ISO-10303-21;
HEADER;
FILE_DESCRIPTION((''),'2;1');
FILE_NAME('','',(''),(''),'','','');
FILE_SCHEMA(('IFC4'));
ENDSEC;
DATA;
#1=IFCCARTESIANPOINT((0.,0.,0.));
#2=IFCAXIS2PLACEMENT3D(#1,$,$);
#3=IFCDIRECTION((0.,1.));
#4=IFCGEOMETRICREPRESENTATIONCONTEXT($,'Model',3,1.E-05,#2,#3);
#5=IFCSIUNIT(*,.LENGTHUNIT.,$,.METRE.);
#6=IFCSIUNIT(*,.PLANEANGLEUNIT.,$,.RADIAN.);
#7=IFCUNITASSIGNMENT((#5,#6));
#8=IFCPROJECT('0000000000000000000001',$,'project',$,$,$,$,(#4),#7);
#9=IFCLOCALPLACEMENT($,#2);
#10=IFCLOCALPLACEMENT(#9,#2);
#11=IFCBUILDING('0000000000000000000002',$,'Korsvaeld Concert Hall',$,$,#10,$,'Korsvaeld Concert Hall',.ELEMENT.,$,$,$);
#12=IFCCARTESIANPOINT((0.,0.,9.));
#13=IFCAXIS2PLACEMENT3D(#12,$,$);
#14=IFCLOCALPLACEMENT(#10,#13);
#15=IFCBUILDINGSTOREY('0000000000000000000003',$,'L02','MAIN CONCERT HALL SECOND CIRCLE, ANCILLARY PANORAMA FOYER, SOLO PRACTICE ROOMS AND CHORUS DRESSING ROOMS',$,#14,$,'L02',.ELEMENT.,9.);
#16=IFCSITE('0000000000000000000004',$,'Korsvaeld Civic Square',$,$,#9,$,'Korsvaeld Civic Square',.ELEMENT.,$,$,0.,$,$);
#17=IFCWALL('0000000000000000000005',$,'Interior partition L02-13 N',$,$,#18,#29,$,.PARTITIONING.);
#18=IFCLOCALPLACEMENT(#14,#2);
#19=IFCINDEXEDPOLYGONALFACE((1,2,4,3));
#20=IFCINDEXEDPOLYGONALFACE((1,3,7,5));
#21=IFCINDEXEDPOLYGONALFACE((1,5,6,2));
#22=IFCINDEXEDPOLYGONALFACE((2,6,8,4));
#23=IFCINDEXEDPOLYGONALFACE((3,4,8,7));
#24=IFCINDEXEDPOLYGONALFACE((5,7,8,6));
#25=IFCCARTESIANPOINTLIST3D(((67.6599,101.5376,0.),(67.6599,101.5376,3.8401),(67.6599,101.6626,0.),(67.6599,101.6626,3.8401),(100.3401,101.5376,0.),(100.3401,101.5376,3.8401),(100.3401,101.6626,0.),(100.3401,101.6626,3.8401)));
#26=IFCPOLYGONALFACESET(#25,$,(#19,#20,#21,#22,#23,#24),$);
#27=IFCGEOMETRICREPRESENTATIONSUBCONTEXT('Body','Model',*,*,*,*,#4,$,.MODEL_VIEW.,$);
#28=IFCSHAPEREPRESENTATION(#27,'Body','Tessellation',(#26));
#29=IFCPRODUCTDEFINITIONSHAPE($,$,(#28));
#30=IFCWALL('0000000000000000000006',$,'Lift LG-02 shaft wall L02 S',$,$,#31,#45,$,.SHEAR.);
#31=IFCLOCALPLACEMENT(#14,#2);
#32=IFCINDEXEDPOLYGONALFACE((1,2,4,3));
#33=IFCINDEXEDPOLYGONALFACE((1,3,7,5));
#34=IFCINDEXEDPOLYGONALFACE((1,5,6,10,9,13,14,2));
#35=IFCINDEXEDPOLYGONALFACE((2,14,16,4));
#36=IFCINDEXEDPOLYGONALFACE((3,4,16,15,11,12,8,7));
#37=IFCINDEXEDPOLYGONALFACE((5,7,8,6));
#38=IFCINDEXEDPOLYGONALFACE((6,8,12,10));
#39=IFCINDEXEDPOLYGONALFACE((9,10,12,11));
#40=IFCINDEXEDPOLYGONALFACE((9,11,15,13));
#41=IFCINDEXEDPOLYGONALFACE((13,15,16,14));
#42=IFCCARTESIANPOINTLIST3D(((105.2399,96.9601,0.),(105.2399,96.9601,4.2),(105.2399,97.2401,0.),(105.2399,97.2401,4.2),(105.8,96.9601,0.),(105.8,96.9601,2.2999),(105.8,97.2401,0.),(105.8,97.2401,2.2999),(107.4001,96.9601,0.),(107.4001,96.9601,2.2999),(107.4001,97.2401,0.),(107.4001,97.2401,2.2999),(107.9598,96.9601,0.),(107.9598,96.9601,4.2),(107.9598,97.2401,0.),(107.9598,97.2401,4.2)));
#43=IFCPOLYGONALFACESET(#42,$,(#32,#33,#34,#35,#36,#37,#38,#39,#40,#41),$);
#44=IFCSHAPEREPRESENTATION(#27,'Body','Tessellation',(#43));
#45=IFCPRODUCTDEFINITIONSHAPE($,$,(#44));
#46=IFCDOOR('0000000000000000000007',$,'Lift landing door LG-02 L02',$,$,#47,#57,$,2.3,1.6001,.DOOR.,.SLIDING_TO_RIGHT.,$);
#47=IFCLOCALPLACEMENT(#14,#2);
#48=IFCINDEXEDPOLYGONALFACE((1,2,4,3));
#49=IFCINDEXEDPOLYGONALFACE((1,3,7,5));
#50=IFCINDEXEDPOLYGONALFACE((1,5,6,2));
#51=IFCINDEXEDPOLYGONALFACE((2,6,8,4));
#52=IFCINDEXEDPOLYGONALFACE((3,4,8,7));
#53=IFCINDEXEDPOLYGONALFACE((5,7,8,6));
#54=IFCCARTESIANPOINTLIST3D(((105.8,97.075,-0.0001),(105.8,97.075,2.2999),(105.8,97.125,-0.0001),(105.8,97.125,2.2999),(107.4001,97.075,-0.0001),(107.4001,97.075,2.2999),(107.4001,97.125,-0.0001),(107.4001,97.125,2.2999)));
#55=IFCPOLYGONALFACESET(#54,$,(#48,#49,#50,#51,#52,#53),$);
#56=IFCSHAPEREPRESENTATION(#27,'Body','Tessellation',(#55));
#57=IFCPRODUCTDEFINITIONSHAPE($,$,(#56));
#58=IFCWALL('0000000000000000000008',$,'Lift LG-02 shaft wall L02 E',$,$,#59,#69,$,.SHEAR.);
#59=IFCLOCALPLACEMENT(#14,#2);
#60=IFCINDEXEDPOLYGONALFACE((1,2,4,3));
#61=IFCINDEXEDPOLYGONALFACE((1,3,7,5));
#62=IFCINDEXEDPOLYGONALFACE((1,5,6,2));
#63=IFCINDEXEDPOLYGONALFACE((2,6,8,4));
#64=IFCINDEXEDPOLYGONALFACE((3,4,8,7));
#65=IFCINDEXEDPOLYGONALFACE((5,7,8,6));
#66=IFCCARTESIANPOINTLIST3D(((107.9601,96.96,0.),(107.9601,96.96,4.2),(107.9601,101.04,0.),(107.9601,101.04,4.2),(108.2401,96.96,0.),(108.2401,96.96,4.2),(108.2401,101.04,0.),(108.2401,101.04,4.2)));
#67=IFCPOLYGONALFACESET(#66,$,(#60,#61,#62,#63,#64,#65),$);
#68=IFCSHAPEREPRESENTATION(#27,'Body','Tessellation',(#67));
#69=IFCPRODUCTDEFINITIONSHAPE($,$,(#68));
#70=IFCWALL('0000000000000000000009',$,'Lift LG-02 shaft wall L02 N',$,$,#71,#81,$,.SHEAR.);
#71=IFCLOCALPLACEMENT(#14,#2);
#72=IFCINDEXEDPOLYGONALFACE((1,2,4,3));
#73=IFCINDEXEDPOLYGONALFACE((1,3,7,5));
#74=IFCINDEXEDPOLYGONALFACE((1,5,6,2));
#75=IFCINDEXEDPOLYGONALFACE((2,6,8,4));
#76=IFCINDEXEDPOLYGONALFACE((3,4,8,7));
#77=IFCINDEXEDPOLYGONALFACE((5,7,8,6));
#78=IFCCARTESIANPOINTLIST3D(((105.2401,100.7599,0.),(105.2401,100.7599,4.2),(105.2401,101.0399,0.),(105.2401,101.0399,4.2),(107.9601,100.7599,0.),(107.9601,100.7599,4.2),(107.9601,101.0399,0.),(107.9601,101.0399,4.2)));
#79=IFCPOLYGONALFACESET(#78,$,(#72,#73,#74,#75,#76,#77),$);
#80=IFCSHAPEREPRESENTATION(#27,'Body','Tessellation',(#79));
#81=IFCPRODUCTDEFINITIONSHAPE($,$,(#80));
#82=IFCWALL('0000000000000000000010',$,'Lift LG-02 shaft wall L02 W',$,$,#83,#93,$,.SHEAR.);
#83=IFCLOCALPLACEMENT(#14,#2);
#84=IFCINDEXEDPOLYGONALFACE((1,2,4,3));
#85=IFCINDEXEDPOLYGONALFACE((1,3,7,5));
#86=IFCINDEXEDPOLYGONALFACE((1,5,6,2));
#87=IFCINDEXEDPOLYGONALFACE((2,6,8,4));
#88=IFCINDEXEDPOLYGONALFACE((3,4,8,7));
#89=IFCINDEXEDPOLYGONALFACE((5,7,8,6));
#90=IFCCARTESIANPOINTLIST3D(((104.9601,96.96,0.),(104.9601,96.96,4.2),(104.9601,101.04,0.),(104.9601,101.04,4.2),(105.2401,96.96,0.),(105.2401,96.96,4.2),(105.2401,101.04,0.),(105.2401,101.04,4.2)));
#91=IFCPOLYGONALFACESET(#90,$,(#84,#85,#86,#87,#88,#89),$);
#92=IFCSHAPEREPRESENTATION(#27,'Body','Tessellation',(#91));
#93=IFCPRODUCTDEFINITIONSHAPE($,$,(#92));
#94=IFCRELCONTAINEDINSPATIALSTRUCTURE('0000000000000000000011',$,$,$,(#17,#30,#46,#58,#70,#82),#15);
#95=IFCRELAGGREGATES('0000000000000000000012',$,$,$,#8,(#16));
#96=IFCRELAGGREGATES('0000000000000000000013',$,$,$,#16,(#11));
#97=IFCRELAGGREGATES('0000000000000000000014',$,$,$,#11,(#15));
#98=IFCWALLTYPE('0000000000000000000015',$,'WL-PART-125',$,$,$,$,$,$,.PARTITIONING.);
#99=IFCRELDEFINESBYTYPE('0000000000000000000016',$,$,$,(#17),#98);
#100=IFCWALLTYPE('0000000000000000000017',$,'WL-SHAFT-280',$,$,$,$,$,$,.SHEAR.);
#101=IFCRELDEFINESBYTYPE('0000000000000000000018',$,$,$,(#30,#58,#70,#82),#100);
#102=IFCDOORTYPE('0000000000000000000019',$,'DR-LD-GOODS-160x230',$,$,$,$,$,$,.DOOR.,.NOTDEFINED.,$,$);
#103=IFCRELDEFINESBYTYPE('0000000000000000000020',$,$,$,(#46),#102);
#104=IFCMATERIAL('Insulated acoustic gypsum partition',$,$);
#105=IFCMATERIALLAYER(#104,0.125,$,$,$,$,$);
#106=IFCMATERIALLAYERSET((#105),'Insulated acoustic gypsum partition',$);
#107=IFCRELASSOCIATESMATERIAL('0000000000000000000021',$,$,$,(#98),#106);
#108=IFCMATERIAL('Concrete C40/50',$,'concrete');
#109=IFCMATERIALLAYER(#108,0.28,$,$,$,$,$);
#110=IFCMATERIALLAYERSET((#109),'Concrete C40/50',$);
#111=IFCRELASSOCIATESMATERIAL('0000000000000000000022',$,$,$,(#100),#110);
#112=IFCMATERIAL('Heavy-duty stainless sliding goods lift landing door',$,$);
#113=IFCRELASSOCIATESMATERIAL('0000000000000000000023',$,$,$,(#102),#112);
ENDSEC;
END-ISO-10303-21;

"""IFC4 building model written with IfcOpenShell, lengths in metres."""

from ifc_helpers import new_model, si_unit, direction, frame, frame_2d, origin, place, context, subcontext, project, spatial, rectangle, extrude, material, layer, layer_set, type_object, element, fill, save


model = new_model("IFC4")

# Units and contexts
model_context = context("Model", 3, precision=1e-05, world=origin(), true_north=direction((0.0, 1.0)))
body_context = subcontext(model_context, "Body", "Model", "MODEL_VIEW")
ifc_project = project(units=[si_unit("LENGTHUNIT", "METRE"), si_unit("PLANEANGLEUNIT", "RADIAN")], contexts=[model_context])

# Site, building, storey
site_placement = place(None, origin())
site = spatial("IfcSite", under=ifc_project, at=site_placement, Name="Korsvaeld Civic Square", LongName="Korsvaeld Civic Square", CompositionType="ELEMENT", RefElevation=0.0)
building_placement = place(site_placement, origin())
building = spatial("IfcBuilding", under=site, at=building_placement, Name="Korsvaeld Concert Hall", LongName="Korsvaeld Concert Hall", CompositionType="ELEMENT")
storey_placement = place(building_placement, frame((0.0, 0.0, 9.0)))
storey = spatial("IfcBuildingStorey", under=building, at=storey_placement, Name="L02", Description="MAIN CONCERT HALL SECOND CIRCLE, ANCILLARY PANORAMA FOYER, SOLO PRACTICE ROOMS AND CHORUS DRESSING ROOMS", LongName="L02", CompositionType="ELEMENT", Elevation=9.0)

# Shared definitions
ifc_material_1 = material(Name="Concrete C40/50", Category="concrete")

# Wall
ifc_material_2 = material(Name="Insulated acoustic gypsum partition")
ifc_layer_1 = layer(ifc_material_2, 0.125)
ifc_layer_set_1 = layer_set([ifc_layer_1], Name="Insulated acoustic gypsum partition")
wall_type_1 = type_object("IfcWallType", Name="WL-PART-125", PredefinedType="PARTITIONING", material=ifc_layer_set_1)
wall_1_placement = place(storey_placement, frame((100.3401, 101.6001, 0.0), z_axis=(0.0, 0.0, 1.0), x_axis=(-1.0, 0.0, 0.0)))
element("IfcWall", 1, at=wall_1_placement, inside=storey, type_object=wall_type_1, Name="Interior partition L02-13 N", PredefinedType="PARTITIONING", context=body_context, shape_type="SweptSolid", body=[
    extrude(rectangle(XDim=32.6802, YDim=0.125, at=frame_2d((16.3401, 0.0))), origin(), (0.0, 0.0, 1.0), 3.8401),
])

# Wall, opening, door
ifc_layer_2 = layer(ifc_material_1, 0.28)
ifc_layer_set_2 = layer_set([ifc_layer_2], Name="Concrete C40/50")
wall_type_2 = type_object("IfcWallType", Name="WL-SHAFT-280", PredefinedType="SHEAR", material=ifc_layer_set_2)
wall_2_placement = place(storey_placement, frame((105.24, 97.1001, 0.0), z_axis=(0.0, 0.0, 1.0), x_axis=(1.0, 0.0, 0.0)))
wall_2 = element("IfcWall", 2, at=wall_2_placement, inside=storey, type_object=wall_type_2, Name="Lift LG-02 shaft wall L02 S", PredefinedType="SHEAR", context=body_context, shape_type="SweptSolid", body=[
    extrude(rectangle(XDim=2.72, YDim=0.28, at=frame_2d((1.3599, 0.0))), origin(), (0.0, 0.0, 1.0), 4.2),
])
opening_1_placement = place(wall_2_placement, frame((0.5601, 0.0, 0.0)))
opening_1 = element("IfcOpeningElement", 3, at=opening_1_placement, cuts=wall_2, PredefinedType="OPENING", context=body_context, shape_type="SweptSolid", body=[
    extrude(rectangle(XDim=1.6001, YDim=2.3, at=frame_2d((0.8, 1.1499))), frame((0.0, 0.1499, 0.0), z_axis=(0.0, -1.0, 0.0), x_axis=(1.0, 0.0, 0.0)), (0.0, 0.0, 1.0), 0.3),
])
ifc_material_3 = material(Name="Heavy-duty stainless sliding goods lift landing door")
door_type = type_object("IfcDoorType", Name="DR-LD-GOODS-160x230", OperationType="NOTDEFINED", PredefinedType="DOOR", material=ifc_material_3)
door_placement = place(opening_1_placement, origin())
door = element("IfcDoor", 4, at=door_placement, inside=storey, type_object=door_type, Name="Lift landing door LG-02 L02", OperationType="SLIDING_TO_RIGHT", OverallHeight=2.3, OverallWidth=1.6001, PredefinedType="DOOR", context=body_context, shape_type="SweptSolid", body=[
    extrude(rectangle(XDim=1.6001, YDim=2.3, at=frame_2d((0.8, 1.1499))), frame((0.0, 0.0249, 0.0), z_axis=(0.0, -1.0, 0.0), x_axis=(1.0, 0.0, 0.0)), (0.0, 0.0, 1.0), 0.05),
])
fill(opening_1, door)

# Walls
wall_3_placement = place(storey_placement, frame((108.1001, 96.96, 0.0), z_axis=(0.0, 0.0, 1.0), x_axis=(0.0, 1.0, 0.0)))
element("IfcWall", 5, at=wall_3_placement, inside=storey, type_object=wall_type_2, Name="Lift LG-02 shaft wall L02 E", PredefinedType="SHEAR", context=body_context, shape_type="SweptSolid", body=[
    extrude(rectangle(XDim=4.0801, YDim=0.28, at=frame_2d((2.04, 0.0))), origin(), (0.0, 0.0, 1.0), 4.2),
])
wall_4_placement = place(storey_placement, frame((107.96, 100.8999, 0.0), z_axis=(0.0, 0.0, 1.0), x_axis=(-1.0, 0.0, 0.0)))
element("IfcWall", 6, at=wall_4_placement, inside=storey, type_object=wall_type_2, Name="Lift LG-02 shaft wall L02 N", PredefinedType="SHEAR", context=body_context, shape_type="SweptSolid", body=[
    extrude(rectangle(XDim=2.72, YDim=0.28, at=frame_2d((1.3599, 0.0))), origin(), (0.0, 0.0, 1.0), 4.2),
])
wall_5_placement = place(storey_placement, frame((105.1001, 101.04, 0.0), z_axis=(0.0, 0.0, 1.0), x_axis=(0.0, -1.0, 0.0)))
element("IfcWall", 7, at=wall_5_placement, inside=storey, type_object=wall_type_2, Name="Lift LG-02 shaft wall L02 W", PredefinedType="SHEAR", context=body_context, shape_type="SweptSolid", body=[
    extrude(rectangle(XDim=4.0801, YDim=0.28, at=frame_2d((2.04, 0.0))), origin(), (0.0, 0.0, 1.0), 4.2),
])

save(model, "model.ifc")
